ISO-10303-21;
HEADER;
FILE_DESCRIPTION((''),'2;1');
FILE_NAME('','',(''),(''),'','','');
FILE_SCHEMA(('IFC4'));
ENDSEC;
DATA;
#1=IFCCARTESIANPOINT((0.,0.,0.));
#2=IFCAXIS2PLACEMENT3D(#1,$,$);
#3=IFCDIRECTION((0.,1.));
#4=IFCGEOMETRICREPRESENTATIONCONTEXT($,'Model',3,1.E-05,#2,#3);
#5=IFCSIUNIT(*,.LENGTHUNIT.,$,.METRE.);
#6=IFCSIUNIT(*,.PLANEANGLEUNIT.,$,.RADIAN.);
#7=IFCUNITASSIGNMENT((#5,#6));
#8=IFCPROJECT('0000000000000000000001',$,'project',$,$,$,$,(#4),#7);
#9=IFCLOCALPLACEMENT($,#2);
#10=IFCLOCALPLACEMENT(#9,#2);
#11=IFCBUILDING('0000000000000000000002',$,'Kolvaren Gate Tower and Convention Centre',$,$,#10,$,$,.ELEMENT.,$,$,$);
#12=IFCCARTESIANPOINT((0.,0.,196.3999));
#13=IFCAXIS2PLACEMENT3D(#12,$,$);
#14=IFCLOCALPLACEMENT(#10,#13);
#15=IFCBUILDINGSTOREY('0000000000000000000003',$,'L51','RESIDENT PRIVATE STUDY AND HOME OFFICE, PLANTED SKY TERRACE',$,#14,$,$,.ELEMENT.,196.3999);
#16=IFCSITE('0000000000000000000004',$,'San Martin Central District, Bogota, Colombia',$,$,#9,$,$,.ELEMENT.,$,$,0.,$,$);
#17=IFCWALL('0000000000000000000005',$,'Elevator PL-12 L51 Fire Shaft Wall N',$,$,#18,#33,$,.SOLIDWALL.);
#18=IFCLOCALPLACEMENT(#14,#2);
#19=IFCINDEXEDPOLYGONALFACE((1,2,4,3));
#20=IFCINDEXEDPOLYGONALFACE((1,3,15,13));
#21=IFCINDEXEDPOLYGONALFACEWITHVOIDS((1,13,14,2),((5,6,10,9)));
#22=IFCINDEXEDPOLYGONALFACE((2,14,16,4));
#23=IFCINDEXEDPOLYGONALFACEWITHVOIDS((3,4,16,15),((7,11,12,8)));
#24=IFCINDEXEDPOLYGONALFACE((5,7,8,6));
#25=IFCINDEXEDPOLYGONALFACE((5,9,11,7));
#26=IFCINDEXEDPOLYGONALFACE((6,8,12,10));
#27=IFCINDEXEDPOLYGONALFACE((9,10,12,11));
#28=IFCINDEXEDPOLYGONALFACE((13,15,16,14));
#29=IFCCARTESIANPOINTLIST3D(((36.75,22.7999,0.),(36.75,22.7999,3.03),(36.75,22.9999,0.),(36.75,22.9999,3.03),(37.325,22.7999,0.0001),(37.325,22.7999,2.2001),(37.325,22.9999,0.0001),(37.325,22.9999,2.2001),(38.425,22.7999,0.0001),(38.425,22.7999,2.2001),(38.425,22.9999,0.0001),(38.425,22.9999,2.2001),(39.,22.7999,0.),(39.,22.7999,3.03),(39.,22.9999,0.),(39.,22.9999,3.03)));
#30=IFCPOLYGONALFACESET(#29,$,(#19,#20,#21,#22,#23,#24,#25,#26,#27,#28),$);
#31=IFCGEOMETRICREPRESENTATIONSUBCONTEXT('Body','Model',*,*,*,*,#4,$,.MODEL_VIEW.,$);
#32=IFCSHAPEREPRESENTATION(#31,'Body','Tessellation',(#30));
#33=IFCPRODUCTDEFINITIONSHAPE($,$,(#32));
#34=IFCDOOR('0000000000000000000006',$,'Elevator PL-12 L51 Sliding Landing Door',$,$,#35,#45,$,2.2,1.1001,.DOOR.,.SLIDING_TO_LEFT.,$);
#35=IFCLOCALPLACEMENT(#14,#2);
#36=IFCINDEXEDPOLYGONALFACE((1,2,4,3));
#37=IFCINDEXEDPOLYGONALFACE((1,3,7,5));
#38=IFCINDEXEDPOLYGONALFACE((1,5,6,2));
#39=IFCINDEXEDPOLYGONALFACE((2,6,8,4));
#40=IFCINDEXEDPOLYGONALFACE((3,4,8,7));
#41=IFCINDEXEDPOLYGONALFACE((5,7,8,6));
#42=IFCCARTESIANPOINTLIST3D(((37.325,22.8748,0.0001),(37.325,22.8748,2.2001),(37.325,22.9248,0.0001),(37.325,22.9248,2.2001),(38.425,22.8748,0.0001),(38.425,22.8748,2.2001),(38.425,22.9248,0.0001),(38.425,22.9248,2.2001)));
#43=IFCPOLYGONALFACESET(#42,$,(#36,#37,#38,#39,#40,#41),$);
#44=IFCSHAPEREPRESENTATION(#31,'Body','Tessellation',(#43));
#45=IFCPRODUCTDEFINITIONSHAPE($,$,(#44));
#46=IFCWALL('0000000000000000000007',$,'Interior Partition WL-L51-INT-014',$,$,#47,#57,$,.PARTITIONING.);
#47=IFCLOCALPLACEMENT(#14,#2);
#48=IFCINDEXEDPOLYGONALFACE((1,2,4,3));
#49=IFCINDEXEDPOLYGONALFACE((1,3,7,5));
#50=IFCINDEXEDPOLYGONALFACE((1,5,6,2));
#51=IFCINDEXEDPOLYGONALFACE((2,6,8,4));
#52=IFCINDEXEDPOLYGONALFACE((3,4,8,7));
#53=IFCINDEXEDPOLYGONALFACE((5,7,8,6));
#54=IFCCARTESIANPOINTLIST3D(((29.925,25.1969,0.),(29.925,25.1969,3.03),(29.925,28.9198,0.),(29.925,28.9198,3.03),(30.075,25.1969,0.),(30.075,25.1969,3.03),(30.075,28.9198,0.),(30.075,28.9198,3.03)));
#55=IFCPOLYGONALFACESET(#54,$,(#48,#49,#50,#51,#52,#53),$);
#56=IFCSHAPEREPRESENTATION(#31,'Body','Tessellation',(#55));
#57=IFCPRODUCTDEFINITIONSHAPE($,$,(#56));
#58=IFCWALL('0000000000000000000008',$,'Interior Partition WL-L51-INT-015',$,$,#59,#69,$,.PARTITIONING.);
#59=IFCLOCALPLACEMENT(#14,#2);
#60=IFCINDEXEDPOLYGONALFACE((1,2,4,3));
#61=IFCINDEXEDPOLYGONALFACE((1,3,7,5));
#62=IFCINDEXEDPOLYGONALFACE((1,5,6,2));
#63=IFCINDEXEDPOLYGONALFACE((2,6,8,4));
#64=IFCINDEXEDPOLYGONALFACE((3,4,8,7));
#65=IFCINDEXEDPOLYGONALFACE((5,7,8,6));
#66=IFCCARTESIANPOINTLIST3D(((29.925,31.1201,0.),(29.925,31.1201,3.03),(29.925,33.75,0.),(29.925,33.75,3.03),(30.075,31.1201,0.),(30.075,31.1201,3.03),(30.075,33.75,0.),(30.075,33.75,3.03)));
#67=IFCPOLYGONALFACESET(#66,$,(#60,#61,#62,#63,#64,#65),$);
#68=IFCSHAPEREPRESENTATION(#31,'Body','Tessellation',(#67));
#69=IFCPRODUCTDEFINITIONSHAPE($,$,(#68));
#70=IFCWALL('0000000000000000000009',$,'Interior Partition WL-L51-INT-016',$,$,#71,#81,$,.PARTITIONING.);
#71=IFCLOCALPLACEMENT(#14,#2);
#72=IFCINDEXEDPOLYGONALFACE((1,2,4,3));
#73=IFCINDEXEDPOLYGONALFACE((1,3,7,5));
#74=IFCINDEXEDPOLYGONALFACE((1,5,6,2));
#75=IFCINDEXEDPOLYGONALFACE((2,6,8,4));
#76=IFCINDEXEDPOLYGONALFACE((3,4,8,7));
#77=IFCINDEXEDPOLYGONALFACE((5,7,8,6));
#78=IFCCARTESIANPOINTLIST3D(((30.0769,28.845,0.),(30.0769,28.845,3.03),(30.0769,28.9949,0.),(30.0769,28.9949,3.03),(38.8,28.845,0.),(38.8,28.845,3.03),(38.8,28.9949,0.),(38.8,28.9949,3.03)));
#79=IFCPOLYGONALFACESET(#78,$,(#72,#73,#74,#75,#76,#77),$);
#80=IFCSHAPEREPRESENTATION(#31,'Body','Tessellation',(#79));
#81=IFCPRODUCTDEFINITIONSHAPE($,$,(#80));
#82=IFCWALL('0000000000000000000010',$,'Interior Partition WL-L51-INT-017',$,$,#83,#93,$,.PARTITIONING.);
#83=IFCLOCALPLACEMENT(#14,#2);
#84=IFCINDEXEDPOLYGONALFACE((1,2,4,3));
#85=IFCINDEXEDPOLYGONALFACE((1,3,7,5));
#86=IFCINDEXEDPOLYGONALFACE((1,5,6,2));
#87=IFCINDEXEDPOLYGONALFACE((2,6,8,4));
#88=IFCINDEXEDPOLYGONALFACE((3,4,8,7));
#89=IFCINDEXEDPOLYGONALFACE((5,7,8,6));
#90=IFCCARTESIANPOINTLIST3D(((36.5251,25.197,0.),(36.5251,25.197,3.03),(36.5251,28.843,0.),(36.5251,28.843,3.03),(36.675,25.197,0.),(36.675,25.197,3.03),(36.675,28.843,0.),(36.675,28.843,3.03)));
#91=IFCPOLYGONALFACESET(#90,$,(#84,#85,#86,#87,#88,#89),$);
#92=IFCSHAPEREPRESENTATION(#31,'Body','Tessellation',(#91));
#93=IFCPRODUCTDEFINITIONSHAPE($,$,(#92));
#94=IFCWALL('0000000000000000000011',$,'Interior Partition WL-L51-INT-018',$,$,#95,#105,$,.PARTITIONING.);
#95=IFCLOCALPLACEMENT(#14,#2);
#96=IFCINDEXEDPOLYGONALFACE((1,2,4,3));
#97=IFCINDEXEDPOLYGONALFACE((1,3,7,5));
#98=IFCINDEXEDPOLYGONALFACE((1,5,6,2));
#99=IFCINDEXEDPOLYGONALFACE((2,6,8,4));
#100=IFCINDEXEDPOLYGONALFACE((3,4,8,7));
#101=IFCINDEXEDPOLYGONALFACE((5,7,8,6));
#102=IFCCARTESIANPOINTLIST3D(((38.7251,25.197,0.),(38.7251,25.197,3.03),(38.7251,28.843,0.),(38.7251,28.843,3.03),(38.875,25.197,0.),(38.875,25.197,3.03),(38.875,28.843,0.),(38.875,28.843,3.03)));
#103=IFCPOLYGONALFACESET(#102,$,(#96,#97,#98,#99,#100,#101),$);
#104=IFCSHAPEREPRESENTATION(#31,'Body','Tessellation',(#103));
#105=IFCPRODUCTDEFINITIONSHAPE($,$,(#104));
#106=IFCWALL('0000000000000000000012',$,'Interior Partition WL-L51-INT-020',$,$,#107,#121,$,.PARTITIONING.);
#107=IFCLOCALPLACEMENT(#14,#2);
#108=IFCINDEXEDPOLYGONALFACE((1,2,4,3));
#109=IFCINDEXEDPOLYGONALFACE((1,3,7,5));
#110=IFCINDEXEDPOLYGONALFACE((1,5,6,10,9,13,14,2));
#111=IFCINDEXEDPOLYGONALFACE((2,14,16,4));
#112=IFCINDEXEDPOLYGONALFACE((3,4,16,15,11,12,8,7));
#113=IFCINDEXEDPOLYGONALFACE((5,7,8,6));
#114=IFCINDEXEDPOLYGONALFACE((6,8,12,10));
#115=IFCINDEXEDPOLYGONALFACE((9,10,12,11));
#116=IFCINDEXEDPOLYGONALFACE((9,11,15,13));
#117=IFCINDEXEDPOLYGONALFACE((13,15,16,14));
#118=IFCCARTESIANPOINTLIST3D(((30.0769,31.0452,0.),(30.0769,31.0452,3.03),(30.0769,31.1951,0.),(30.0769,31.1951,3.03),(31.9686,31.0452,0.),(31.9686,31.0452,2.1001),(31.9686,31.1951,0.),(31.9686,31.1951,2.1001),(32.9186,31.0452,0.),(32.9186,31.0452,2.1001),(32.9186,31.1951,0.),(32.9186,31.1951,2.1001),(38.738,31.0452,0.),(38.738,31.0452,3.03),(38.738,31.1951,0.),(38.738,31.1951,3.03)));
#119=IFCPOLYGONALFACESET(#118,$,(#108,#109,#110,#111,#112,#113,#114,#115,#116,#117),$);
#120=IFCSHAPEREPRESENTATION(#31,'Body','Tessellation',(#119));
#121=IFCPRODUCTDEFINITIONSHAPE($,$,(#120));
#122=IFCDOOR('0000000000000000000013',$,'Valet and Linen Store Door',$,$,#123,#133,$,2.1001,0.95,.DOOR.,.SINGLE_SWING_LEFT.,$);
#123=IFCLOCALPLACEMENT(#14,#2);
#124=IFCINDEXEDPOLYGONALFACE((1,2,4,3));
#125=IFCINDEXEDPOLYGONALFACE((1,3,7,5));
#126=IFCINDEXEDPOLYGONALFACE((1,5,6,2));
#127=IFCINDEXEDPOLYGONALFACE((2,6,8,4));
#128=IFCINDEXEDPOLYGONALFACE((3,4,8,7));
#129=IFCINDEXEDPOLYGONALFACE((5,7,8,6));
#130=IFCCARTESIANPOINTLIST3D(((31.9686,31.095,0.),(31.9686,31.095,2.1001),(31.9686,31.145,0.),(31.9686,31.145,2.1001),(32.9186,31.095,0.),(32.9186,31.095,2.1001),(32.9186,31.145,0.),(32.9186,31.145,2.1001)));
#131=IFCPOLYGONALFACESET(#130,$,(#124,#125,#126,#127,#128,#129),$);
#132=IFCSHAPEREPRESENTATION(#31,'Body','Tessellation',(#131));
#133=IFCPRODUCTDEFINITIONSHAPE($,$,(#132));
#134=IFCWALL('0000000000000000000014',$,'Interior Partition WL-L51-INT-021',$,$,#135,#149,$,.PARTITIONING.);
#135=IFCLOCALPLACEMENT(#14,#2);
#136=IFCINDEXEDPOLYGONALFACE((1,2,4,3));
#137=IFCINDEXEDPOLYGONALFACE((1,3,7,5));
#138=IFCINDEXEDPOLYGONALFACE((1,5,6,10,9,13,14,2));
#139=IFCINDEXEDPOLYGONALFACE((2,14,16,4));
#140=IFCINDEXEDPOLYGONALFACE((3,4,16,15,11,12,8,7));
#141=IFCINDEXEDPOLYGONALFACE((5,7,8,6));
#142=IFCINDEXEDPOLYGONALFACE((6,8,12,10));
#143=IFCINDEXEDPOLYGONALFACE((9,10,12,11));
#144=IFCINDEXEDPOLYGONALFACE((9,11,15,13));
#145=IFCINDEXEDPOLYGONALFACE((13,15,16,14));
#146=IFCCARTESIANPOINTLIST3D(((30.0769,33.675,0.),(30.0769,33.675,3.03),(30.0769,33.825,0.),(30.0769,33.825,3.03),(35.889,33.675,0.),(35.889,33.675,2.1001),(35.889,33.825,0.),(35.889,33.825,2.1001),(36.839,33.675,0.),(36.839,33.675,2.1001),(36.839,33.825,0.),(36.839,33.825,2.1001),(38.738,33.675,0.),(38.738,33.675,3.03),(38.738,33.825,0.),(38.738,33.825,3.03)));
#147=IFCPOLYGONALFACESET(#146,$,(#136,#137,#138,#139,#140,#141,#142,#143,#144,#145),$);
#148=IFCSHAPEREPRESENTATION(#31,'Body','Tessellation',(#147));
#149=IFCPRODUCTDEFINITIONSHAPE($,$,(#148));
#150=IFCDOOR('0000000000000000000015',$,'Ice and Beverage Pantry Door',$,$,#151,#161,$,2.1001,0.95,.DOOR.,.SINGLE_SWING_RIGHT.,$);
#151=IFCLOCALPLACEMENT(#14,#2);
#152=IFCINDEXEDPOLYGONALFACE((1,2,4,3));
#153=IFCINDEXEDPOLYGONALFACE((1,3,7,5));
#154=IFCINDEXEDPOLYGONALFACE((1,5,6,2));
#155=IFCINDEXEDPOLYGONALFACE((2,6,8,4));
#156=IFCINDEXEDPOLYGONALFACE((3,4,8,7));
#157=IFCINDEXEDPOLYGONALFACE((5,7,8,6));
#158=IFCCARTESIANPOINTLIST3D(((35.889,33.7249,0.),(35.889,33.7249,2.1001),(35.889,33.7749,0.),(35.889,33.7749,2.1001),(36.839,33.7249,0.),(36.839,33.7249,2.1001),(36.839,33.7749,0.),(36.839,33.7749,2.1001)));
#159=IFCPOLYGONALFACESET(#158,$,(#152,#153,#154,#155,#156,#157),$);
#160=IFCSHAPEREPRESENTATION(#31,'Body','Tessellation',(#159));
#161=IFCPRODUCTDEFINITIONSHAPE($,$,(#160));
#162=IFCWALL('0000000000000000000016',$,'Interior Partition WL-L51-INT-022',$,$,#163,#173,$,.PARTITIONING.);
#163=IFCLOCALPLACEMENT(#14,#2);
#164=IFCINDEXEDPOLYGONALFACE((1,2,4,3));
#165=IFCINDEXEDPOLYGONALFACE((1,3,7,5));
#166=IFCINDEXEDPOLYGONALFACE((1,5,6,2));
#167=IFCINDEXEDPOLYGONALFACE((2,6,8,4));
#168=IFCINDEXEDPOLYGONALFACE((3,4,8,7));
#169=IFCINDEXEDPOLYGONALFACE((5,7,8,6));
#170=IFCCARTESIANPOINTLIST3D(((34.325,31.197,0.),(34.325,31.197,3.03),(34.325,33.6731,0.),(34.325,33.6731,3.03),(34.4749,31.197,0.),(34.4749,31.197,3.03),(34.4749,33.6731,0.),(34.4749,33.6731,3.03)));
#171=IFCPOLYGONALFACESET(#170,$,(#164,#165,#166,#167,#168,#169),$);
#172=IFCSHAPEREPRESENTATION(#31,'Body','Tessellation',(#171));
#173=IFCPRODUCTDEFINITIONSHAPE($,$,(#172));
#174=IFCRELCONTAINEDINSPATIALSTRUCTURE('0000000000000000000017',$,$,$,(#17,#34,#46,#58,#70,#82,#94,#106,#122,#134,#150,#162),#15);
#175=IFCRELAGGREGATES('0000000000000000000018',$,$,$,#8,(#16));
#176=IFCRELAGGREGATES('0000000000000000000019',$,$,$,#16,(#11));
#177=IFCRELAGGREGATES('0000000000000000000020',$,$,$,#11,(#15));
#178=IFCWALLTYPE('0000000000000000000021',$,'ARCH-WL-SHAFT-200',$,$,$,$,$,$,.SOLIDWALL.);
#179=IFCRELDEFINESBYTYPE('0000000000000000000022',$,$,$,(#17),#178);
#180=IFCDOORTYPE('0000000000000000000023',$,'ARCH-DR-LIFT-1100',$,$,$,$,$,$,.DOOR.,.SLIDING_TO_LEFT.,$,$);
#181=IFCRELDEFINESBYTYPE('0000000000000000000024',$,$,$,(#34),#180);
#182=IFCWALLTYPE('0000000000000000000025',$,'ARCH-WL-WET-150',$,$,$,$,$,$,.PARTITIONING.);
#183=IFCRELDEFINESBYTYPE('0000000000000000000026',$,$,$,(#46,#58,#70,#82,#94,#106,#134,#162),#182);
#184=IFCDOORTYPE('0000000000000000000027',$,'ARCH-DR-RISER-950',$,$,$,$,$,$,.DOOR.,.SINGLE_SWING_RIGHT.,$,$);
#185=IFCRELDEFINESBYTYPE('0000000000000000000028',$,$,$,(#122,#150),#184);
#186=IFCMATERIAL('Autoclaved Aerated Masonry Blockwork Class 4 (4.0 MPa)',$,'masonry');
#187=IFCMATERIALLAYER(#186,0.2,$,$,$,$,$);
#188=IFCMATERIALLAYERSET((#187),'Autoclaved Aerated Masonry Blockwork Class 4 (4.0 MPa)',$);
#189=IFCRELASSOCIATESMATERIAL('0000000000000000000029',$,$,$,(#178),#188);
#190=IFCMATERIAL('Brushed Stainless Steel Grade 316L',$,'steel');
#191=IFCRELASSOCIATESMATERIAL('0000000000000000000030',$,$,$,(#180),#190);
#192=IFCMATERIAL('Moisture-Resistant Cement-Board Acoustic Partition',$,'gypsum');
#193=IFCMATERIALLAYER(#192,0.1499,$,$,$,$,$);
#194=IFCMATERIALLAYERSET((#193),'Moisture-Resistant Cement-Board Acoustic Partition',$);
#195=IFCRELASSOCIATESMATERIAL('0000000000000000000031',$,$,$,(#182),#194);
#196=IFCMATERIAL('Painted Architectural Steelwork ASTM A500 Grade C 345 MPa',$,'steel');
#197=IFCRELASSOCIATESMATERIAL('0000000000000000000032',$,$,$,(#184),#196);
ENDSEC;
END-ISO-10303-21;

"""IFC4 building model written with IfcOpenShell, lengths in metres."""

from ifc_helpers import new_model, si_unit, direction, frame, frame_2d, origin, place, context, subcontext, project, spatial, rectangle, extrude, material, layer, layer_set, type_object, element, fill, save


model = new_model("IFC4")

# Units and contexts
model_context = context("Model", 3, precision=1e-05, world=origin(), true_north=direction((0.0, 1.0)))
body_context = subcontext(model_context, "Body", "Model", "MODEL_VIEW")
ifc_project = project(units=[si_unit("LENGTHUNIT", "METRE"), si_unit("PLANEANGLEUNIT", "RADIAN")], contexts=[model_context])

# Site, building, storey
site_placement = place(None, origin())
site = spatial("IfcSite", under=ifc_project, at=site_placement, Name="San Martin Central District, Bogota, Colombia", CompositionType="ELEMENT", RefElevation=0.0)
building_placement = place(site_placement, origin())
building = spatial("IfcBuilding", under=site, at=building_placement, Name="Kolvaren Gate Tower and Convention Centre", CompositionType="ELEMENT")
storey_placement = place(building_placement, frame((0.0, 0.0, 196.3999)))
storey = spatial("IfcBuildingStorey", under=building, at=storey_placement, Name="L51", Description="RESIDENT PRIVATE STUDY AND HOME OFFICE, PLANTED SKY TERRACE", CompositionType="ELEMENT", Elevation=196.3999)

# Wall, opening, door
ifc_material_1 = material(Name="Autoclaved Aerated Masonry Blockwork Class 4 (4.0 MPa)", Category="masonry")
ifc_layer_1 = layer(ifc_material_1, 0.2)
ifc_layer_set_1 = layer_set([ifc_layer_1], Name="Autoclaved Aerated Masonry Blockwork Class 4 (4.0 MPa)")
wall_type_1 = type_object("IfcWallType", Name="ARCH-WL-SHAFT-200", PredefinedType="SOLIDWALL", material=ifc_layer_set_1)
ifc_material_2 = material(Name="Brushed Stainless Steel Grade 316L", Category="steel")
door_type_1 = type_object("IfcDoorType", Name="ARCH-DR-LIFT-1100", OperationType="SLIDING_TO_LEFT", PredefinedType="DOOR", material=ifc_material_2)
wall_1_placement = place(storey_placement, frame((36.75, 22.8999, 0.0), z_axis=(0.0, 0.0, 1.0), x_axis=(1.0, 0.0, 0.0)))
wall_1 = element("IfcWall", 1, at=wall_1_placement, inside=storey, type_object=wall_type_1, Name="Elevator PL-12 L51 Fire Shaft Wall N", PredefinedType="SOLIDWALL", context=body_context, shape_type="SweptSolid", body=[
    extrude(rectangle(XDim=2.25, YDim=0.2, at=frame_2d((1.125, 0.0))), origin(), (0.0, 0.0, 1.0), 3.03),
])
opening_1_placement = place(wall_1_placement, frame((0.575, 0.0, 0.0)))
opening_1 = element("IfcOpeningElement", 2, at=opening_1_placement, cuts=wall_1, PredefinedType="OPENING", context=body_context, shape_type="SweptSolid", body=[
    extrude(rectangle(XDim=1.1001, YDim=2.2, at=frame_2d((0.55, 1.1001))), frame((0.0, 0.1099, 0.0), z_axis=(0.0, -1.0, 0.0), x_axis=(1.0, 0.0, 0.0)), (0.0, 0.0, 1.0), 0.22),
])
door_1_placement = place(opening_1_placement, origin())
door_1 = element("IfcDoor", 3, at=door_1_placement, inside=storey, type_object=door_type_1, Name="Elevator PL-12 L51 Sliding Landing Door", OperationType="SLIDING_TO_LEFT", OverallHeight=2.2, OverallWidth=1.1001, PredefinedType="DOOR", context=body_context, shape_type="SweptSolid", body=[
    extrude(rectangle(XDim=1.1001, YDim=2.2, at=frame_2d((0.55, 1.1001))), frame((0.0, 0.0249, 0.0), z_axis=(0.0, -1.0, 0.0), x_axis=(1.0, 0.0, 0.0)), (0.0, 0.0, 1.0), 0.05),
])
fill(opening_1, door_1)

# Walls
ifc_material_3 = material(Name="Moisture-Resistant Cement-Board Acoustic Partition", Category="gypsum")
ifc_layer_2 = layer(ifc_material_3, 0.1499)
ifc_layer_set_2 = layer_set([ifc_layer_2], Name="Moisture-Resistant Cement-Board Acoustic Partition")
wall_type_2 = type_object("IfcWallType", Name="ARCH-WL-WET-150", PredefinedType="PARTITIONING", material=ifc_layer_set_2)
wall_2_placement = place(storey_placement, frame((30.0, 25.197, 0.0), z_axis=(0.0, 0.0, 1.0), x_axis=(0.0, 1.0, 0.0)))
element("IfcWall", 4, at=wall_2_placement, inside=storey, type_object=wall_type_2, Name="Interior Partition WL-L51-INT-014", PredefinedType="PARTITIONING", context=body_context, shape_type="SweptSolid", body=[
    extrude(rectangle(XDim=3.7229, YDim=0.1499, at=frame_2d((1.8613, 0.0))), origin(), (0.0, 0.0, 1.0), 3.03),
])
wall_3_placement = place(storey_placement, frame((30.0, 31.1201, 0.0), z_axis=(0.0, 0.0, 1.0), x_axis=(0.0, 1.0, 0.0)))
element("IfcWall", 5, at=wall_3_placement, inside=storey, type_object=wall_type_2, Name="Interior Partition WL-L51-INT-015", PredefinedType="PARTITIONING", context=body_context, shape_type="SweptSolid", body=[
    extrude(rectangle(XDim=2.6299, YDim=0.1499, at=frame_2d((1.3149, 0.0))), origin(), (0.0, 0.0, 1.0), 3.03),
])
wall_4_placement = place(storey_placement, frame((30.0769, 28.9199, 0.0), z_axis=(0.0, 0.0, 1.0), x_axis=(1.0, 0.0, 0.0)))
element("IfcWall", 6, at=wall_4_placement, inside=storey, type_object=wall_type_2, Name="Interior Partition WL-L51-INT-016", PredefinedType="PARTITIONING", context=body_context, shape_type="SweptSolid", body=[
    extrude(rectangle(XDim=8.7231, YDim=0.1499, at=frame_2d((4.3616, 0.0))), origin(), (0.0, 0.0, 1.0), 3.03),
])
for number, where, z_axis, x_axis, name in (
    (7, (36.6001, 25.197, 0.0), (0.0, 0.0, 1.0), (0.0, 1.0, 0.0), "Interior Partition WL-L51-INT-017"),
    (8, (38.8, 25.197, 0.0), (0.0, 0.0, 1.0), (0.0, 1.0, 0.0), "Interior Partition WL-L51-INT-018"),
):
    element("IfcWall", number, at=place(storey_placement, frame(where, z_axis=z_axis, x_axis=x_axis)), inside=storey, type_object=wall_type_2, Name=name, PredefinedType="PARTITIONING", context=body_context, shape_type="SweptSolid", body=[
        extrude(rectangle(XDim=3.646, YDim=0.1499, at=frame_2d((1.823, 0.0))), origin(), (0.0, 0.0, 1.0), 3.03),
    ])

# Walls, openings, doors
wall_5_placement = place(storey_placement, frame((30.0769, 31.1201, 0.0), z_axis=(0.0, 0.0, 1.0), x_axis=(1.0, 0.0, 0.0)))
wall_5 = element("IfcWall", 9, at=wall_5_placement, inside=storey, type_object=wall_type_2, Name="Interior Partition WL-L51-INT-020", PredefinedType="PARTITIONING", context=body_context, shape_type="SweptSolid", body=[
    extrude(rectangle(XDim=8.6611, YDim=0.1499, at=frame_2d((4.3306, 0.0))), origin(), (0.0, 0.0, 1.0), 3.03),
])
opening_2_placement = place(wall_5_placement, frame((1.8916, 0.0, 0.0)))
opening_2 = element("IfcOpeningElement", 10, at=opening_2_placement, cuts=wall_5, PredefinedType="OPENING", context=body_context, shape_type="SweptSolid", body=[
    extrude(rectangle(XDim=0.95, YDim=2.1001, at=frame_2d((0.4751, 1.05))), frame((0.0, 0.085, 0.0), z_axis=(0.0, -1.0, 0.0), x_axis=(1.0, 0.0, 0.0)), (0.0, 0.0, 1.0), 0.1699),
])
ifc_material_4 = material(Name="Painted Architectural Steelwork ASTM A500 Grade C 345 MPa", Category="steel")
door_type_2 = type_object("IfcDoorType", Name="ARCH-DR-RISER-950", OperationType="SINGLE_SWING_RIGHT", PredefinedType="DOOR", material=ifc_material_4)
door_2_placement = place(opening_2_placement, origin())
door_2 = element("IfcDoor", 11, at=door_2_placement, inside=storey, type_object=door_type_2, Name="Valet and Linen Store Door", OperationType="SINGLE_SWING_LEFT", OverallHeight=2.1001, OverallWidth=0.95, PredefinedType="DOOR", context=body_context, shape_type="SweptSolid", body=[
    extrude(rectangle(XDim=0.95, YDim=2.1001, at=frame_2d((0.4751, 1.05))), frame((0.0, 0.0249, 0.0), z_axis=(0.0, -1.0, 0.0), x_axis=(1.0, 0.0, 0.0)), (0.0, 0.0, 1.0), 0.05),
])
fill(opening_2, door_2)
wall_6_placement = place(storey_placement, frame((30.0769, 33.75, 0.0), z_axis=(0.0, 0.0, 1.0), x_axis=(1.0, 0.0, 0.0)))
wall_6 = element("IfcWall", 12, at=wall_6_placement, inside=storey, type_object=wall_type_2, Name="Interior Partition WL-L51-INT-021", PredefinedType="PARTITIONING", context=body_context, shape_type="SweptSolid", body=[
    extrude(rectangle(XDim=8.6611, YDim=0.1499, at=frame_2d((4.3306, 0.0))), origin(), (0.0, 0.0, 1.0), 3.03),
])
opening_3_placement = place(wall_6_placement, frame((5.812, 0.0, 0.0)))
opening_3 = element("IfcOpeningElement", 13, at=opening_3_placement, cuts=wall_6, PredefinedType="OPENING", context=body_context, shape_type="SweptSolid", body=[
    extrude(rectangle(XDim=0.95, YDim=2.1001, at=frame_2d((0.4751, 1.05))), frame((0.0, 0.085, 0.0), z_axis=(0.0, -1.0, 0.0), x_axis=(1.0, 0.0, 0.0)), (0.0, 0.0, 1.0), 0.1699),
])
door_3_placement = place(opening_3_placement, origin())
door_3 = element("IfcDoor", 14, at=door_3_placement, inside=storey, type_object=door_type_2, Name="Ice and Beverage Pantry Door", OperationType="SINGLE_SWING_RIGHT", OverallHeight=2.1001, OverallWidth=0.95, PredefinedType="DOOR", context=body_context, shape_type="SweptSolid", body=[
    extrude(rectangle(XDim=0.95, YDim=2.1001, at=frame_2d((0.4751, 1.05))), frame((0.0, 0.0249, 0.0), z_axis=(0.0, -1.0, 0.0), x_axis=(1.0, 0.0, 0.0)), (0.0, 0.0, 1.0), 0.05),
])
fill(opening_3, door_3)

# Wall
wall_7_placement = place(storey_placement, frame((34.3999, 31.197, 0.0), z_axis=(0.0, 0.0, 1.0), x_axis=(0.0, 1.0, 0.0)))
element("IfcWall", 15, at=wall_7_placement, inside=storey, type_object=wall_type_2, Name="Interior Partition WL-L51-INT-022", PredefinedType="PARTITIONING", context=body_context, shape_type="SweptSolid", body=[
    extrude(rectangle(XDim=2.4761, YDim=0.1499, at=frame_2d((1.238, 0.0))), origin(), (0.0, 0.0, 1.0), 3.03),
])

save(model, "model.ifc")
